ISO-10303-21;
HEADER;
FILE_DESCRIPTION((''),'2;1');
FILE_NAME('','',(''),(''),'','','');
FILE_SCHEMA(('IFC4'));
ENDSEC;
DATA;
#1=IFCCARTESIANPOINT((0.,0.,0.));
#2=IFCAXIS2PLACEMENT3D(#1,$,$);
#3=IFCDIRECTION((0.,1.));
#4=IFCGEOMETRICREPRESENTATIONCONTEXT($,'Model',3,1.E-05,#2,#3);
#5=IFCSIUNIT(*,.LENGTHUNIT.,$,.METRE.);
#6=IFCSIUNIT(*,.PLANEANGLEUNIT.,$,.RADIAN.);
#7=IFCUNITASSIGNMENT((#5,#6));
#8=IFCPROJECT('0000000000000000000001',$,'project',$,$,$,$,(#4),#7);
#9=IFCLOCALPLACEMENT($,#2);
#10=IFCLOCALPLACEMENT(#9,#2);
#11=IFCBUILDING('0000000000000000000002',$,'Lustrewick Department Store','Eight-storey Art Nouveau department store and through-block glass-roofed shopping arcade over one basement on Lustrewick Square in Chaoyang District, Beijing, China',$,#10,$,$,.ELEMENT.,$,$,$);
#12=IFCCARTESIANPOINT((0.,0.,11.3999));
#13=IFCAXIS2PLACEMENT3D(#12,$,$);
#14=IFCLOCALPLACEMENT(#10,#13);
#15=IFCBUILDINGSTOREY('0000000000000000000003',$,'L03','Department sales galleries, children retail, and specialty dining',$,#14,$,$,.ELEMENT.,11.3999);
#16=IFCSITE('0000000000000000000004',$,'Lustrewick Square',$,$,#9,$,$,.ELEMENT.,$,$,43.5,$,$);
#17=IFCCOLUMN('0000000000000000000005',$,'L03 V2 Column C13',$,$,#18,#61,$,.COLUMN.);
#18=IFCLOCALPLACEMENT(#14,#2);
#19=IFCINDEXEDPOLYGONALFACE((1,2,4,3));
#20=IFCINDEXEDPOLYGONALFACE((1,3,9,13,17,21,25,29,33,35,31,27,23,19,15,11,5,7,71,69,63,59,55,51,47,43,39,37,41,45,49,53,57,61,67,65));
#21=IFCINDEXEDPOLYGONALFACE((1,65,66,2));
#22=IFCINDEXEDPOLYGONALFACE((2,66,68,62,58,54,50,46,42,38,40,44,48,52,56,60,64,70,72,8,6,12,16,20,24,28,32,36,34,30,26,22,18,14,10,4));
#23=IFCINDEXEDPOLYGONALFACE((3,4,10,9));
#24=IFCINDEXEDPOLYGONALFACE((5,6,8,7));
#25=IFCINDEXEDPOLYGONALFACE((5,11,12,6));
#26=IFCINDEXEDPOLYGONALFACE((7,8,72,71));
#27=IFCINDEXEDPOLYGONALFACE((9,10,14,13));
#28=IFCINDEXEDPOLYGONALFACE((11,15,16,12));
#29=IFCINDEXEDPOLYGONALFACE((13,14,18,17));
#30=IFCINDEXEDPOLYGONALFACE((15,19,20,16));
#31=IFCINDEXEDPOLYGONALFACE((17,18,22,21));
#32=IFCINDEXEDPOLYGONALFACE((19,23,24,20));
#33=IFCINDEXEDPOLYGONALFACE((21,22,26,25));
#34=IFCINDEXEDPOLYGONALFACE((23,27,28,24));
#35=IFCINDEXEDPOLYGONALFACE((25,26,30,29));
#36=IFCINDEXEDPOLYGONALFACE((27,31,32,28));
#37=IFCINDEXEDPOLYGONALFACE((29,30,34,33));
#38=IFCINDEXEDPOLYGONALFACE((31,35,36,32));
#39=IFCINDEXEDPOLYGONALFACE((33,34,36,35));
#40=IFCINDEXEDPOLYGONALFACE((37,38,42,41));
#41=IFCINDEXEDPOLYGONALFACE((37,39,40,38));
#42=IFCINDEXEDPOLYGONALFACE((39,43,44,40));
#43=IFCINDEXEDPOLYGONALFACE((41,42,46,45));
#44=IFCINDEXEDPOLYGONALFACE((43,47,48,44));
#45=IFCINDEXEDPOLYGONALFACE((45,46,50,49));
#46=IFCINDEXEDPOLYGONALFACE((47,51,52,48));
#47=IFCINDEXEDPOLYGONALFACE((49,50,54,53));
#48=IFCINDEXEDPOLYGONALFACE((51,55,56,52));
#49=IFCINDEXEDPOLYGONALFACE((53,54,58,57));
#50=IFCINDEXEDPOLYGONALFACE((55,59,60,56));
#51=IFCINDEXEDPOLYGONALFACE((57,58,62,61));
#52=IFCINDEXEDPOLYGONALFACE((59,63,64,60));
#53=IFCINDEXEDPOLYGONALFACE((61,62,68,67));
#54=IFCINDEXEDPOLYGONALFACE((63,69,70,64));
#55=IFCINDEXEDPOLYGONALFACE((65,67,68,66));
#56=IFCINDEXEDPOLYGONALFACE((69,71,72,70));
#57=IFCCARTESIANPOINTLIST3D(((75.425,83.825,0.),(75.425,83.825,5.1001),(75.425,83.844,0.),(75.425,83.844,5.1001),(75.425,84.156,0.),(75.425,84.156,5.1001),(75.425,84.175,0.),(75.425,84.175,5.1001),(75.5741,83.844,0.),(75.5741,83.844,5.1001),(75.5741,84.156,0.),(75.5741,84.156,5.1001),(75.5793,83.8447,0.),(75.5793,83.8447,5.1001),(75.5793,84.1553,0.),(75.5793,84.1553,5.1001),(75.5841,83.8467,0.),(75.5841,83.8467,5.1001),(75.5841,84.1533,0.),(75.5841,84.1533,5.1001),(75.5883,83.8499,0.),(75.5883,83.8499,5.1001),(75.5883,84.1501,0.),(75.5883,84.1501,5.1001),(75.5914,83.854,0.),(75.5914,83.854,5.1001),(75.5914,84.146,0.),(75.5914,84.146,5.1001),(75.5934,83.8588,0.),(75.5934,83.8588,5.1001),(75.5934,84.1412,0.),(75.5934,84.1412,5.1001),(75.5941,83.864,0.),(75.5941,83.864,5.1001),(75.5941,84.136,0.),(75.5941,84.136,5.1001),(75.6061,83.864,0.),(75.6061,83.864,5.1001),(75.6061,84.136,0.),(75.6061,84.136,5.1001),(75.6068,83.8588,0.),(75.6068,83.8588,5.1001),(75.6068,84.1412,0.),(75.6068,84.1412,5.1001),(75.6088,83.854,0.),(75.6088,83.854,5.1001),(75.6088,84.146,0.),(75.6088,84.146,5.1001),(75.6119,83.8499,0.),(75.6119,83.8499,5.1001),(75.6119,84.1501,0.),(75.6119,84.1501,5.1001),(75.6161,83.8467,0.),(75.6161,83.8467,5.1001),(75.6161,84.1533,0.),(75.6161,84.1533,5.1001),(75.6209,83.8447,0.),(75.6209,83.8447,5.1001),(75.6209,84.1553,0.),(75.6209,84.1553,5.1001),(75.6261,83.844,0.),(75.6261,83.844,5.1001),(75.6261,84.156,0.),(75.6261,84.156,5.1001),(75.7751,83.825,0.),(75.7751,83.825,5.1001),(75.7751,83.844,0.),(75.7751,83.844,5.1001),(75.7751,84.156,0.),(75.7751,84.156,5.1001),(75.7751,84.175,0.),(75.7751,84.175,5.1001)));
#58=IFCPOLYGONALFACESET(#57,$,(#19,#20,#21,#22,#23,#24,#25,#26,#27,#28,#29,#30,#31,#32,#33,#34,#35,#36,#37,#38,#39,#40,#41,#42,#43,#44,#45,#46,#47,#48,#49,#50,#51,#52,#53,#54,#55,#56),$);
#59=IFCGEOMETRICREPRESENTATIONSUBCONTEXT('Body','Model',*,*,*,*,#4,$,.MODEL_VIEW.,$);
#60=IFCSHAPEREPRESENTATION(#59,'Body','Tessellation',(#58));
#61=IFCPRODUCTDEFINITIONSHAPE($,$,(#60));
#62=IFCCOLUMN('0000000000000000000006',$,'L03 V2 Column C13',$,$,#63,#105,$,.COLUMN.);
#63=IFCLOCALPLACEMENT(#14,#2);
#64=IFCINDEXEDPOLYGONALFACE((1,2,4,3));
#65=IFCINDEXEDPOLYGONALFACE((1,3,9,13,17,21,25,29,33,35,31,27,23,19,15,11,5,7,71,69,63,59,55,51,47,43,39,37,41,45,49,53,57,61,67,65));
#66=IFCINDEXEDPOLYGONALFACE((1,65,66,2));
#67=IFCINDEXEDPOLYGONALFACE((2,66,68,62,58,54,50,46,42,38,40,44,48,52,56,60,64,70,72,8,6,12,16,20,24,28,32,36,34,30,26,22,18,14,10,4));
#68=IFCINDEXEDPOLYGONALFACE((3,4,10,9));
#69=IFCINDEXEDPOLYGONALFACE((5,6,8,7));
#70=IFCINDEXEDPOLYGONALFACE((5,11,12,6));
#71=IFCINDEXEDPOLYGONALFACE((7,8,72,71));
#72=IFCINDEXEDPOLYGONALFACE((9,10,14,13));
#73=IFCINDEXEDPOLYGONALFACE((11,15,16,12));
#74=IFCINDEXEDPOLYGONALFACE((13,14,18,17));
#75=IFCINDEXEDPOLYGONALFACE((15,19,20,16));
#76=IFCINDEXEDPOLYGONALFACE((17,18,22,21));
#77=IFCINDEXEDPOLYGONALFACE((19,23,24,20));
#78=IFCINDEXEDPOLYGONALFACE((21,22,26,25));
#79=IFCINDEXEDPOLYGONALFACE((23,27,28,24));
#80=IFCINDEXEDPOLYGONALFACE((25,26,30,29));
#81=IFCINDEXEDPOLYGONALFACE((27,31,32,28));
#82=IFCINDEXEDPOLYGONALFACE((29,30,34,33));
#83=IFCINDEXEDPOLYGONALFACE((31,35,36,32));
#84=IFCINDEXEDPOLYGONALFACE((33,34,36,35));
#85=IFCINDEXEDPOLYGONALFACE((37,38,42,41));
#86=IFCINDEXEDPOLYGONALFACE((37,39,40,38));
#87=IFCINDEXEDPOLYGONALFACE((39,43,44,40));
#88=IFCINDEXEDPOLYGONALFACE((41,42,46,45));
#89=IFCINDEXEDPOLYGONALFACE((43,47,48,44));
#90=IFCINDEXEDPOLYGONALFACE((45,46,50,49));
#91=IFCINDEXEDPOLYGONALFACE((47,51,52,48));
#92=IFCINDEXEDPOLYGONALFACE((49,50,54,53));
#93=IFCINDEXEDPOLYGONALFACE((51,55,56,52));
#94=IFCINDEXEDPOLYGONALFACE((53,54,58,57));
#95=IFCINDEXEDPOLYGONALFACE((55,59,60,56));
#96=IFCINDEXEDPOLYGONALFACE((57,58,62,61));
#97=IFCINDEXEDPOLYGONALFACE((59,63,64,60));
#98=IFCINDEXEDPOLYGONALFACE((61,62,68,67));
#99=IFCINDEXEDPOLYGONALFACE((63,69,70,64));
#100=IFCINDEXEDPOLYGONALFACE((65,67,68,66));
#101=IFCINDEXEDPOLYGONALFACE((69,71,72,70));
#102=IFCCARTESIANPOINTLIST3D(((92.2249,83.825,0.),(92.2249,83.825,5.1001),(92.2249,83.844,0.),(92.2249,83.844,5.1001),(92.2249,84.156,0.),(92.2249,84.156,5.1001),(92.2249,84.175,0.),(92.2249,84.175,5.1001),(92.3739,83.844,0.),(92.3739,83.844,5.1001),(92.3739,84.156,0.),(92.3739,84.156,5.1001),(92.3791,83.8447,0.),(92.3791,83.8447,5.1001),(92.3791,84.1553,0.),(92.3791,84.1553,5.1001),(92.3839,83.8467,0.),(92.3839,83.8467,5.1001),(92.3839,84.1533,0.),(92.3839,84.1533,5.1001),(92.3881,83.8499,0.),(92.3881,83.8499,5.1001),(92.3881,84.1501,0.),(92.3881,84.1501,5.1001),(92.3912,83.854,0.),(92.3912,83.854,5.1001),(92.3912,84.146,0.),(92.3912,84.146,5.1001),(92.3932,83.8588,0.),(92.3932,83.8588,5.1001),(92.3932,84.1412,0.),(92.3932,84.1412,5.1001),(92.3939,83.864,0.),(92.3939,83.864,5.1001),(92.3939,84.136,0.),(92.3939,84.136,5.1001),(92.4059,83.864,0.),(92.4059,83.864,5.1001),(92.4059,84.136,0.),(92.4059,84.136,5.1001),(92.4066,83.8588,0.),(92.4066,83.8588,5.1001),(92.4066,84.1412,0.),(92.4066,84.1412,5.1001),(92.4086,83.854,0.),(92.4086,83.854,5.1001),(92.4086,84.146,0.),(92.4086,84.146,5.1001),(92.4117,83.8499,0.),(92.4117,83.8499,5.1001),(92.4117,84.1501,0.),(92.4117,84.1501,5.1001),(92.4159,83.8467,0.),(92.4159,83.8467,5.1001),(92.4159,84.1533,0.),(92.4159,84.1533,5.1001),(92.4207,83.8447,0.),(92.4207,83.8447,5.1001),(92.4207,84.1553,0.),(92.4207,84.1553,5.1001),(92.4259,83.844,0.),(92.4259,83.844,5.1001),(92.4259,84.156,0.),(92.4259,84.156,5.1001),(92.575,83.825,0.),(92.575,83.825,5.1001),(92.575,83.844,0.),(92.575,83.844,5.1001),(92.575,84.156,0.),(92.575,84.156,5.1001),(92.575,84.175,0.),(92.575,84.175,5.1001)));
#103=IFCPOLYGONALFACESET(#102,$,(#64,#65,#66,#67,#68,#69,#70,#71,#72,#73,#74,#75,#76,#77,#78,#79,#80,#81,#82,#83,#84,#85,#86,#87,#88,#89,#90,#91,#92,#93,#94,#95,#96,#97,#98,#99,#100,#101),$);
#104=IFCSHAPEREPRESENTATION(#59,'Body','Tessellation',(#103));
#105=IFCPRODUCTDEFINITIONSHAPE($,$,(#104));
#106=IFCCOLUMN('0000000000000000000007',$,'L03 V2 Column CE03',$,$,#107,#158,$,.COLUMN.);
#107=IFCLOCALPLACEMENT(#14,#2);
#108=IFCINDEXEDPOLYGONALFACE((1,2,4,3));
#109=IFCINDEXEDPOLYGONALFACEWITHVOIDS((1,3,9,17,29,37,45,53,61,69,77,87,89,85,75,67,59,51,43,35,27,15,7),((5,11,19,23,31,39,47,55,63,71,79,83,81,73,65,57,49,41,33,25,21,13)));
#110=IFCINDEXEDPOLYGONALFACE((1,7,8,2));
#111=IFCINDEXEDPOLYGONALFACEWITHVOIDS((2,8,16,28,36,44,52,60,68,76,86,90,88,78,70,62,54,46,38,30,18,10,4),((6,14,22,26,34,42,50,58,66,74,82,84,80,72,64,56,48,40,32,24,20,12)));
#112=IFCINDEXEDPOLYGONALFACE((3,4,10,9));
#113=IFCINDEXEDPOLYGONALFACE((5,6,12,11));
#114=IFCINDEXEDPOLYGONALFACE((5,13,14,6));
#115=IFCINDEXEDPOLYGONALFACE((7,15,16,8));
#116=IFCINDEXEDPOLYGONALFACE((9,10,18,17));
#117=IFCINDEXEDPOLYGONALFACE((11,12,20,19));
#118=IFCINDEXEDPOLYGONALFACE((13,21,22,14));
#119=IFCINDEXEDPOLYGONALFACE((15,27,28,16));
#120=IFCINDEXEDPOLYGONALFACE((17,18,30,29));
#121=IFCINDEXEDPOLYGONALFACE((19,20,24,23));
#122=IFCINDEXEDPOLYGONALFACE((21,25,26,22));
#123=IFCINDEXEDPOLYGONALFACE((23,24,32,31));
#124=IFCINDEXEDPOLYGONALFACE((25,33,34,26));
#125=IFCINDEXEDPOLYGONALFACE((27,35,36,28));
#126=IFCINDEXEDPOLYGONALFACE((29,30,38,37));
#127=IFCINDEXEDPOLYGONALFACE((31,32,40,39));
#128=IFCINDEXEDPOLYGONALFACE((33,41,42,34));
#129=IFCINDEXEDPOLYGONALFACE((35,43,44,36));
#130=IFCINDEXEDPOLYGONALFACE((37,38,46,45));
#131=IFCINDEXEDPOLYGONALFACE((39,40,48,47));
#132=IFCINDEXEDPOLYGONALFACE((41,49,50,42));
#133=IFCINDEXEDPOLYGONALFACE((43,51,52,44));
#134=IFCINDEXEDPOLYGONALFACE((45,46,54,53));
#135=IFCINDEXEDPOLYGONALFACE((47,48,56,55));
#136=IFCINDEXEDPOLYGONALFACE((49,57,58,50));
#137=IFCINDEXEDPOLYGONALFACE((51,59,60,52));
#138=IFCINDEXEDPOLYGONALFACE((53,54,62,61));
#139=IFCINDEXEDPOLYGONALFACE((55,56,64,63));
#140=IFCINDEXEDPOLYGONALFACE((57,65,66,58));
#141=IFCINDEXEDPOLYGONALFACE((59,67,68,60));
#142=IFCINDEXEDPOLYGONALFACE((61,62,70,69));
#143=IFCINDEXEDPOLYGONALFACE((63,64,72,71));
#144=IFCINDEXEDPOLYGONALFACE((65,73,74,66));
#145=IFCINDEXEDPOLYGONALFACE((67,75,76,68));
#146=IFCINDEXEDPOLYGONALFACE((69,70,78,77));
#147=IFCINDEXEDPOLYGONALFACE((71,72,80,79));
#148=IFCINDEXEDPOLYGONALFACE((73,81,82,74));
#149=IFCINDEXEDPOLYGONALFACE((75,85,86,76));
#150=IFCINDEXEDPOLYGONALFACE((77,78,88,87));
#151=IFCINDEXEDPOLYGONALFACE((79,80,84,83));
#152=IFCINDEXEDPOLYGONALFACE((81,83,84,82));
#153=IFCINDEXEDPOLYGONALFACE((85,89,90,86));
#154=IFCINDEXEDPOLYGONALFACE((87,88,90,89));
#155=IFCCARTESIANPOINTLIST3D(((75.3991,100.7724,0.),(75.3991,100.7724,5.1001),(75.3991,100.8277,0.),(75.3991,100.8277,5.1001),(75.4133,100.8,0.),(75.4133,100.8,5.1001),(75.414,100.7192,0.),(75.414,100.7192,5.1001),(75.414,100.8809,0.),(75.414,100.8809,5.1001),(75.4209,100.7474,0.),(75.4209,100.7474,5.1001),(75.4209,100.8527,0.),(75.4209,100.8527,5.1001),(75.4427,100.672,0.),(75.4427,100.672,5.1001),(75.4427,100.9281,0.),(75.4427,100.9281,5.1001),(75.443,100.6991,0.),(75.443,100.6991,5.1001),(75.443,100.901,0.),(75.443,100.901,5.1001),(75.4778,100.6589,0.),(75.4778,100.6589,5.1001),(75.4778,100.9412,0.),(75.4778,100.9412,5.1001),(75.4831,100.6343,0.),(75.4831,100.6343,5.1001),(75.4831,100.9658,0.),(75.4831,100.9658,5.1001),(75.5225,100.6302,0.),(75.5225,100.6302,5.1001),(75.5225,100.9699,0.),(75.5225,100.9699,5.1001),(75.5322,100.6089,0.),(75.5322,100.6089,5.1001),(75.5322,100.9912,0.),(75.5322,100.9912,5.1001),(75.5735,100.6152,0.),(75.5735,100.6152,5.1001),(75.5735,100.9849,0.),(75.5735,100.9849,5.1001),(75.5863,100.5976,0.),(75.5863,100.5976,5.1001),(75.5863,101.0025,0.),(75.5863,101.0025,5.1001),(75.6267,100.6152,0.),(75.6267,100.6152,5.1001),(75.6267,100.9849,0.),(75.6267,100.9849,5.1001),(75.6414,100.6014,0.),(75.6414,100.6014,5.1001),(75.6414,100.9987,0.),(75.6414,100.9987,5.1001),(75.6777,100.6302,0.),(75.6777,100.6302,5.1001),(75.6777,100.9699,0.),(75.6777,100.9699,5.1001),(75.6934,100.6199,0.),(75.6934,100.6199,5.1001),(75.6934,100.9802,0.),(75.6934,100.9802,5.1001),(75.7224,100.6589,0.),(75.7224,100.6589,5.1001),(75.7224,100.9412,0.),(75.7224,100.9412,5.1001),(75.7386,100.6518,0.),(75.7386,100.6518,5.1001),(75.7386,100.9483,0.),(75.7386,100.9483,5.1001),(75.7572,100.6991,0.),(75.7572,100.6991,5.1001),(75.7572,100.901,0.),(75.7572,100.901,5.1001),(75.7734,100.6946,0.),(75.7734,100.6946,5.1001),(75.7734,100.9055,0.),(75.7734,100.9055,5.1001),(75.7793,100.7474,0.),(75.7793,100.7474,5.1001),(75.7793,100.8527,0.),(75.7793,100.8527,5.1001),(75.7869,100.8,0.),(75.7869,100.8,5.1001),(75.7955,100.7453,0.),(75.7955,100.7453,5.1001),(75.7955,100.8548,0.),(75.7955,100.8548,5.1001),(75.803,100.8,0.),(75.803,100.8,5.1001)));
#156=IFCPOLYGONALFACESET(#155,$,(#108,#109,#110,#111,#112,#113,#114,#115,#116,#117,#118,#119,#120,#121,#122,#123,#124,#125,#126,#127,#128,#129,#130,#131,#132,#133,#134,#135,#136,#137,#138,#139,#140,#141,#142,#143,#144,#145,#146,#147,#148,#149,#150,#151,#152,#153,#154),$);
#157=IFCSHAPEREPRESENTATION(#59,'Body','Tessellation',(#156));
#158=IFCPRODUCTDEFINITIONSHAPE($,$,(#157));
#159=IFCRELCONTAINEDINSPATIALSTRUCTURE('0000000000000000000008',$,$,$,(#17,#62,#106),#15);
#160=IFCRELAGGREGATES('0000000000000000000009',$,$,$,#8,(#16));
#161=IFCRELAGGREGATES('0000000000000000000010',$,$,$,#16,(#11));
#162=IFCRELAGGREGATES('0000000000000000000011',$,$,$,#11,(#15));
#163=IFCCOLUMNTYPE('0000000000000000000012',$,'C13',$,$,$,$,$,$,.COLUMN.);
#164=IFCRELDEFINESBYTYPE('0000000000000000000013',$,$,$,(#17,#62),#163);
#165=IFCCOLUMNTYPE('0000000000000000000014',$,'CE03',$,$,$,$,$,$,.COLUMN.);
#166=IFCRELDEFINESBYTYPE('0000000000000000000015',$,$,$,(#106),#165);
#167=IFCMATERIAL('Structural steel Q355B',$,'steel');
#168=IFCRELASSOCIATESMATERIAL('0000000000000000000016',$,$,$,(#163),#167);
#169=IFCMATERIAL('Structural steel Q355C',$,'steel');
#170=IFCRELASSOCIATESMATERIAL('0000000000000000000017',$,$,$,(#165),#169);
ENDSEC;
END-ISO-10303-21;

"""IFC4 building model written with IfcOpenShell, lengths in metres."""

from ifc_helpers import new_model, si_unit, direction, frame, origin, origin_2d, place, context, subcontext, project, spatial, hollow_circle, i_section, extrude, material, material_profile, profile_set, type_object, element, save


model = new_model("IFC4")

# Units and contexts
model_context = context("Model", 3, precision=1e-05, world=origin(), true_north=direction((0.0, 1.0)))
body_context = subcontext(model_context, "Body", "Model", "MODEL_VIEW")
ifc_project = project(units=[si_unit("LENGTHUNIT", "METRE"), si_unit("PLANEANGLEUNIT", "RADIAN")], contexts=[model_context])

# Site, building, storey
site_placement = place(None, origin())
site = spatial("IfcSite", under=ifc_project, at=site_placement, Name="Lustrewick Square", CompositionType="ELEMENT", RefElevation=43.5)
building_placement = place(site_placement, origin())
building = spatial("IfcBuilding", under=site, at=building_placement, Name="Lustrewick Department Store", Description="Eight-storey Art Nouveau department store and through-block glass-roofed shopping arcade over one basement on Lustrewick Square in Chaoyang District, Beijing, China", CompositionType="ELEMENT")
storey_placement = place(building_placement, frame((0.0, 0.0, 11.3999)))
storey = spatial("IfcBuildingStorey", under=building, at=storey_placement, Name="L03", Description="Department sales galleries, children retail, and specialty dining", CompositionType="ELEMENT", Elevation=11.3999)

# Columns
ifc_material_1 = material(Name="Structural steel Q355C", Category="steel")
ifc_material_2 = material(Name="Structural steel Q355B", Category="steel")
ifc_material_profile_1 = material_profile(ifc_material_2, i_section(OverallWidth=0.3501, OverallDepth=0.3501, WebThickness=0.012, FlangeThickness=0.019, FilletRadius=0.02, at=origin_2d()), Name="HW 350x350x12x19")
ifc_profile_set_1 = profile_set([ifc_material_profile_1], Name="Structural steel Q355B")
column_type_1 = type_object("IfcColumnType", Name="C13", PredefinedType="COLUMN", material=ifc_profile_set_1)
for number, where, z_axis, x_axis, name in (
    (1, (75.6001, 84.0, 0.0), (0.0, 0.0, 1.0), (1.0, 0.0, 0.0), "L03 V2 Column C13"),
    (2, (92.3999, 84.0, 0.0), (0.0, 0.0, 1.0), (1.0, 0.0, 0.0), "L03 V2 Column C13"),
):
    element("IfcColumn", number, at=place(storey_placement, frame(where, z_axis=z_axis, x_axis=x_axis)), inside=storey, type_object=column_type_1, Name=name, PredefinedType="COLUMN", context=body_context, shape_type="SweptSolid", body=[
        extrude(i_section(OverallWidth=0.3501, OverallDepth=0.3501, WebThickness=0.012, FlangeThickness=0.019, FilletRadius=0.02, at=origin_2d()), origin(), (0.0, 0.0, 1.0), 5.1001),
    ])
ifc_material_profile_2 = material_profile(ifc_material_1, hollow_circle(Radius=0.2029, WallThickness=0.0161, at=origin_2d()), Name="CHS 406x16")
ifc_profile_set_2 = profile_set([ifc_material_profile_2], Name="Structural steel Q355C")
column_type_2 = type_object("IfcColumnType", Name="CE03", PredefinedType="COLUMN", material=ifc_profile_set_2)
column_1_placement = place(storey_placement, frame((75.6001, 100.8, 0.0), z_axis=(0.0, 0.0, 1.0), x_axis=(1.0, 0.0, 0.0)))
element("IfcColumn", 3, at=column_1_placement, inside=storey, type_object=column_type_2, Name="L03 V2 Column CE03", PredefinedType="COLUMN", context=body_context, shape_type="SweptSolid", body=[
    extrude(hollow_circle(Radius=0.2029, WallThickness=0.0161, at=origin_2d()), origin(), (0.0, 0.0, 1.0), 5.1001),
])

save(model, "model.ifc")
